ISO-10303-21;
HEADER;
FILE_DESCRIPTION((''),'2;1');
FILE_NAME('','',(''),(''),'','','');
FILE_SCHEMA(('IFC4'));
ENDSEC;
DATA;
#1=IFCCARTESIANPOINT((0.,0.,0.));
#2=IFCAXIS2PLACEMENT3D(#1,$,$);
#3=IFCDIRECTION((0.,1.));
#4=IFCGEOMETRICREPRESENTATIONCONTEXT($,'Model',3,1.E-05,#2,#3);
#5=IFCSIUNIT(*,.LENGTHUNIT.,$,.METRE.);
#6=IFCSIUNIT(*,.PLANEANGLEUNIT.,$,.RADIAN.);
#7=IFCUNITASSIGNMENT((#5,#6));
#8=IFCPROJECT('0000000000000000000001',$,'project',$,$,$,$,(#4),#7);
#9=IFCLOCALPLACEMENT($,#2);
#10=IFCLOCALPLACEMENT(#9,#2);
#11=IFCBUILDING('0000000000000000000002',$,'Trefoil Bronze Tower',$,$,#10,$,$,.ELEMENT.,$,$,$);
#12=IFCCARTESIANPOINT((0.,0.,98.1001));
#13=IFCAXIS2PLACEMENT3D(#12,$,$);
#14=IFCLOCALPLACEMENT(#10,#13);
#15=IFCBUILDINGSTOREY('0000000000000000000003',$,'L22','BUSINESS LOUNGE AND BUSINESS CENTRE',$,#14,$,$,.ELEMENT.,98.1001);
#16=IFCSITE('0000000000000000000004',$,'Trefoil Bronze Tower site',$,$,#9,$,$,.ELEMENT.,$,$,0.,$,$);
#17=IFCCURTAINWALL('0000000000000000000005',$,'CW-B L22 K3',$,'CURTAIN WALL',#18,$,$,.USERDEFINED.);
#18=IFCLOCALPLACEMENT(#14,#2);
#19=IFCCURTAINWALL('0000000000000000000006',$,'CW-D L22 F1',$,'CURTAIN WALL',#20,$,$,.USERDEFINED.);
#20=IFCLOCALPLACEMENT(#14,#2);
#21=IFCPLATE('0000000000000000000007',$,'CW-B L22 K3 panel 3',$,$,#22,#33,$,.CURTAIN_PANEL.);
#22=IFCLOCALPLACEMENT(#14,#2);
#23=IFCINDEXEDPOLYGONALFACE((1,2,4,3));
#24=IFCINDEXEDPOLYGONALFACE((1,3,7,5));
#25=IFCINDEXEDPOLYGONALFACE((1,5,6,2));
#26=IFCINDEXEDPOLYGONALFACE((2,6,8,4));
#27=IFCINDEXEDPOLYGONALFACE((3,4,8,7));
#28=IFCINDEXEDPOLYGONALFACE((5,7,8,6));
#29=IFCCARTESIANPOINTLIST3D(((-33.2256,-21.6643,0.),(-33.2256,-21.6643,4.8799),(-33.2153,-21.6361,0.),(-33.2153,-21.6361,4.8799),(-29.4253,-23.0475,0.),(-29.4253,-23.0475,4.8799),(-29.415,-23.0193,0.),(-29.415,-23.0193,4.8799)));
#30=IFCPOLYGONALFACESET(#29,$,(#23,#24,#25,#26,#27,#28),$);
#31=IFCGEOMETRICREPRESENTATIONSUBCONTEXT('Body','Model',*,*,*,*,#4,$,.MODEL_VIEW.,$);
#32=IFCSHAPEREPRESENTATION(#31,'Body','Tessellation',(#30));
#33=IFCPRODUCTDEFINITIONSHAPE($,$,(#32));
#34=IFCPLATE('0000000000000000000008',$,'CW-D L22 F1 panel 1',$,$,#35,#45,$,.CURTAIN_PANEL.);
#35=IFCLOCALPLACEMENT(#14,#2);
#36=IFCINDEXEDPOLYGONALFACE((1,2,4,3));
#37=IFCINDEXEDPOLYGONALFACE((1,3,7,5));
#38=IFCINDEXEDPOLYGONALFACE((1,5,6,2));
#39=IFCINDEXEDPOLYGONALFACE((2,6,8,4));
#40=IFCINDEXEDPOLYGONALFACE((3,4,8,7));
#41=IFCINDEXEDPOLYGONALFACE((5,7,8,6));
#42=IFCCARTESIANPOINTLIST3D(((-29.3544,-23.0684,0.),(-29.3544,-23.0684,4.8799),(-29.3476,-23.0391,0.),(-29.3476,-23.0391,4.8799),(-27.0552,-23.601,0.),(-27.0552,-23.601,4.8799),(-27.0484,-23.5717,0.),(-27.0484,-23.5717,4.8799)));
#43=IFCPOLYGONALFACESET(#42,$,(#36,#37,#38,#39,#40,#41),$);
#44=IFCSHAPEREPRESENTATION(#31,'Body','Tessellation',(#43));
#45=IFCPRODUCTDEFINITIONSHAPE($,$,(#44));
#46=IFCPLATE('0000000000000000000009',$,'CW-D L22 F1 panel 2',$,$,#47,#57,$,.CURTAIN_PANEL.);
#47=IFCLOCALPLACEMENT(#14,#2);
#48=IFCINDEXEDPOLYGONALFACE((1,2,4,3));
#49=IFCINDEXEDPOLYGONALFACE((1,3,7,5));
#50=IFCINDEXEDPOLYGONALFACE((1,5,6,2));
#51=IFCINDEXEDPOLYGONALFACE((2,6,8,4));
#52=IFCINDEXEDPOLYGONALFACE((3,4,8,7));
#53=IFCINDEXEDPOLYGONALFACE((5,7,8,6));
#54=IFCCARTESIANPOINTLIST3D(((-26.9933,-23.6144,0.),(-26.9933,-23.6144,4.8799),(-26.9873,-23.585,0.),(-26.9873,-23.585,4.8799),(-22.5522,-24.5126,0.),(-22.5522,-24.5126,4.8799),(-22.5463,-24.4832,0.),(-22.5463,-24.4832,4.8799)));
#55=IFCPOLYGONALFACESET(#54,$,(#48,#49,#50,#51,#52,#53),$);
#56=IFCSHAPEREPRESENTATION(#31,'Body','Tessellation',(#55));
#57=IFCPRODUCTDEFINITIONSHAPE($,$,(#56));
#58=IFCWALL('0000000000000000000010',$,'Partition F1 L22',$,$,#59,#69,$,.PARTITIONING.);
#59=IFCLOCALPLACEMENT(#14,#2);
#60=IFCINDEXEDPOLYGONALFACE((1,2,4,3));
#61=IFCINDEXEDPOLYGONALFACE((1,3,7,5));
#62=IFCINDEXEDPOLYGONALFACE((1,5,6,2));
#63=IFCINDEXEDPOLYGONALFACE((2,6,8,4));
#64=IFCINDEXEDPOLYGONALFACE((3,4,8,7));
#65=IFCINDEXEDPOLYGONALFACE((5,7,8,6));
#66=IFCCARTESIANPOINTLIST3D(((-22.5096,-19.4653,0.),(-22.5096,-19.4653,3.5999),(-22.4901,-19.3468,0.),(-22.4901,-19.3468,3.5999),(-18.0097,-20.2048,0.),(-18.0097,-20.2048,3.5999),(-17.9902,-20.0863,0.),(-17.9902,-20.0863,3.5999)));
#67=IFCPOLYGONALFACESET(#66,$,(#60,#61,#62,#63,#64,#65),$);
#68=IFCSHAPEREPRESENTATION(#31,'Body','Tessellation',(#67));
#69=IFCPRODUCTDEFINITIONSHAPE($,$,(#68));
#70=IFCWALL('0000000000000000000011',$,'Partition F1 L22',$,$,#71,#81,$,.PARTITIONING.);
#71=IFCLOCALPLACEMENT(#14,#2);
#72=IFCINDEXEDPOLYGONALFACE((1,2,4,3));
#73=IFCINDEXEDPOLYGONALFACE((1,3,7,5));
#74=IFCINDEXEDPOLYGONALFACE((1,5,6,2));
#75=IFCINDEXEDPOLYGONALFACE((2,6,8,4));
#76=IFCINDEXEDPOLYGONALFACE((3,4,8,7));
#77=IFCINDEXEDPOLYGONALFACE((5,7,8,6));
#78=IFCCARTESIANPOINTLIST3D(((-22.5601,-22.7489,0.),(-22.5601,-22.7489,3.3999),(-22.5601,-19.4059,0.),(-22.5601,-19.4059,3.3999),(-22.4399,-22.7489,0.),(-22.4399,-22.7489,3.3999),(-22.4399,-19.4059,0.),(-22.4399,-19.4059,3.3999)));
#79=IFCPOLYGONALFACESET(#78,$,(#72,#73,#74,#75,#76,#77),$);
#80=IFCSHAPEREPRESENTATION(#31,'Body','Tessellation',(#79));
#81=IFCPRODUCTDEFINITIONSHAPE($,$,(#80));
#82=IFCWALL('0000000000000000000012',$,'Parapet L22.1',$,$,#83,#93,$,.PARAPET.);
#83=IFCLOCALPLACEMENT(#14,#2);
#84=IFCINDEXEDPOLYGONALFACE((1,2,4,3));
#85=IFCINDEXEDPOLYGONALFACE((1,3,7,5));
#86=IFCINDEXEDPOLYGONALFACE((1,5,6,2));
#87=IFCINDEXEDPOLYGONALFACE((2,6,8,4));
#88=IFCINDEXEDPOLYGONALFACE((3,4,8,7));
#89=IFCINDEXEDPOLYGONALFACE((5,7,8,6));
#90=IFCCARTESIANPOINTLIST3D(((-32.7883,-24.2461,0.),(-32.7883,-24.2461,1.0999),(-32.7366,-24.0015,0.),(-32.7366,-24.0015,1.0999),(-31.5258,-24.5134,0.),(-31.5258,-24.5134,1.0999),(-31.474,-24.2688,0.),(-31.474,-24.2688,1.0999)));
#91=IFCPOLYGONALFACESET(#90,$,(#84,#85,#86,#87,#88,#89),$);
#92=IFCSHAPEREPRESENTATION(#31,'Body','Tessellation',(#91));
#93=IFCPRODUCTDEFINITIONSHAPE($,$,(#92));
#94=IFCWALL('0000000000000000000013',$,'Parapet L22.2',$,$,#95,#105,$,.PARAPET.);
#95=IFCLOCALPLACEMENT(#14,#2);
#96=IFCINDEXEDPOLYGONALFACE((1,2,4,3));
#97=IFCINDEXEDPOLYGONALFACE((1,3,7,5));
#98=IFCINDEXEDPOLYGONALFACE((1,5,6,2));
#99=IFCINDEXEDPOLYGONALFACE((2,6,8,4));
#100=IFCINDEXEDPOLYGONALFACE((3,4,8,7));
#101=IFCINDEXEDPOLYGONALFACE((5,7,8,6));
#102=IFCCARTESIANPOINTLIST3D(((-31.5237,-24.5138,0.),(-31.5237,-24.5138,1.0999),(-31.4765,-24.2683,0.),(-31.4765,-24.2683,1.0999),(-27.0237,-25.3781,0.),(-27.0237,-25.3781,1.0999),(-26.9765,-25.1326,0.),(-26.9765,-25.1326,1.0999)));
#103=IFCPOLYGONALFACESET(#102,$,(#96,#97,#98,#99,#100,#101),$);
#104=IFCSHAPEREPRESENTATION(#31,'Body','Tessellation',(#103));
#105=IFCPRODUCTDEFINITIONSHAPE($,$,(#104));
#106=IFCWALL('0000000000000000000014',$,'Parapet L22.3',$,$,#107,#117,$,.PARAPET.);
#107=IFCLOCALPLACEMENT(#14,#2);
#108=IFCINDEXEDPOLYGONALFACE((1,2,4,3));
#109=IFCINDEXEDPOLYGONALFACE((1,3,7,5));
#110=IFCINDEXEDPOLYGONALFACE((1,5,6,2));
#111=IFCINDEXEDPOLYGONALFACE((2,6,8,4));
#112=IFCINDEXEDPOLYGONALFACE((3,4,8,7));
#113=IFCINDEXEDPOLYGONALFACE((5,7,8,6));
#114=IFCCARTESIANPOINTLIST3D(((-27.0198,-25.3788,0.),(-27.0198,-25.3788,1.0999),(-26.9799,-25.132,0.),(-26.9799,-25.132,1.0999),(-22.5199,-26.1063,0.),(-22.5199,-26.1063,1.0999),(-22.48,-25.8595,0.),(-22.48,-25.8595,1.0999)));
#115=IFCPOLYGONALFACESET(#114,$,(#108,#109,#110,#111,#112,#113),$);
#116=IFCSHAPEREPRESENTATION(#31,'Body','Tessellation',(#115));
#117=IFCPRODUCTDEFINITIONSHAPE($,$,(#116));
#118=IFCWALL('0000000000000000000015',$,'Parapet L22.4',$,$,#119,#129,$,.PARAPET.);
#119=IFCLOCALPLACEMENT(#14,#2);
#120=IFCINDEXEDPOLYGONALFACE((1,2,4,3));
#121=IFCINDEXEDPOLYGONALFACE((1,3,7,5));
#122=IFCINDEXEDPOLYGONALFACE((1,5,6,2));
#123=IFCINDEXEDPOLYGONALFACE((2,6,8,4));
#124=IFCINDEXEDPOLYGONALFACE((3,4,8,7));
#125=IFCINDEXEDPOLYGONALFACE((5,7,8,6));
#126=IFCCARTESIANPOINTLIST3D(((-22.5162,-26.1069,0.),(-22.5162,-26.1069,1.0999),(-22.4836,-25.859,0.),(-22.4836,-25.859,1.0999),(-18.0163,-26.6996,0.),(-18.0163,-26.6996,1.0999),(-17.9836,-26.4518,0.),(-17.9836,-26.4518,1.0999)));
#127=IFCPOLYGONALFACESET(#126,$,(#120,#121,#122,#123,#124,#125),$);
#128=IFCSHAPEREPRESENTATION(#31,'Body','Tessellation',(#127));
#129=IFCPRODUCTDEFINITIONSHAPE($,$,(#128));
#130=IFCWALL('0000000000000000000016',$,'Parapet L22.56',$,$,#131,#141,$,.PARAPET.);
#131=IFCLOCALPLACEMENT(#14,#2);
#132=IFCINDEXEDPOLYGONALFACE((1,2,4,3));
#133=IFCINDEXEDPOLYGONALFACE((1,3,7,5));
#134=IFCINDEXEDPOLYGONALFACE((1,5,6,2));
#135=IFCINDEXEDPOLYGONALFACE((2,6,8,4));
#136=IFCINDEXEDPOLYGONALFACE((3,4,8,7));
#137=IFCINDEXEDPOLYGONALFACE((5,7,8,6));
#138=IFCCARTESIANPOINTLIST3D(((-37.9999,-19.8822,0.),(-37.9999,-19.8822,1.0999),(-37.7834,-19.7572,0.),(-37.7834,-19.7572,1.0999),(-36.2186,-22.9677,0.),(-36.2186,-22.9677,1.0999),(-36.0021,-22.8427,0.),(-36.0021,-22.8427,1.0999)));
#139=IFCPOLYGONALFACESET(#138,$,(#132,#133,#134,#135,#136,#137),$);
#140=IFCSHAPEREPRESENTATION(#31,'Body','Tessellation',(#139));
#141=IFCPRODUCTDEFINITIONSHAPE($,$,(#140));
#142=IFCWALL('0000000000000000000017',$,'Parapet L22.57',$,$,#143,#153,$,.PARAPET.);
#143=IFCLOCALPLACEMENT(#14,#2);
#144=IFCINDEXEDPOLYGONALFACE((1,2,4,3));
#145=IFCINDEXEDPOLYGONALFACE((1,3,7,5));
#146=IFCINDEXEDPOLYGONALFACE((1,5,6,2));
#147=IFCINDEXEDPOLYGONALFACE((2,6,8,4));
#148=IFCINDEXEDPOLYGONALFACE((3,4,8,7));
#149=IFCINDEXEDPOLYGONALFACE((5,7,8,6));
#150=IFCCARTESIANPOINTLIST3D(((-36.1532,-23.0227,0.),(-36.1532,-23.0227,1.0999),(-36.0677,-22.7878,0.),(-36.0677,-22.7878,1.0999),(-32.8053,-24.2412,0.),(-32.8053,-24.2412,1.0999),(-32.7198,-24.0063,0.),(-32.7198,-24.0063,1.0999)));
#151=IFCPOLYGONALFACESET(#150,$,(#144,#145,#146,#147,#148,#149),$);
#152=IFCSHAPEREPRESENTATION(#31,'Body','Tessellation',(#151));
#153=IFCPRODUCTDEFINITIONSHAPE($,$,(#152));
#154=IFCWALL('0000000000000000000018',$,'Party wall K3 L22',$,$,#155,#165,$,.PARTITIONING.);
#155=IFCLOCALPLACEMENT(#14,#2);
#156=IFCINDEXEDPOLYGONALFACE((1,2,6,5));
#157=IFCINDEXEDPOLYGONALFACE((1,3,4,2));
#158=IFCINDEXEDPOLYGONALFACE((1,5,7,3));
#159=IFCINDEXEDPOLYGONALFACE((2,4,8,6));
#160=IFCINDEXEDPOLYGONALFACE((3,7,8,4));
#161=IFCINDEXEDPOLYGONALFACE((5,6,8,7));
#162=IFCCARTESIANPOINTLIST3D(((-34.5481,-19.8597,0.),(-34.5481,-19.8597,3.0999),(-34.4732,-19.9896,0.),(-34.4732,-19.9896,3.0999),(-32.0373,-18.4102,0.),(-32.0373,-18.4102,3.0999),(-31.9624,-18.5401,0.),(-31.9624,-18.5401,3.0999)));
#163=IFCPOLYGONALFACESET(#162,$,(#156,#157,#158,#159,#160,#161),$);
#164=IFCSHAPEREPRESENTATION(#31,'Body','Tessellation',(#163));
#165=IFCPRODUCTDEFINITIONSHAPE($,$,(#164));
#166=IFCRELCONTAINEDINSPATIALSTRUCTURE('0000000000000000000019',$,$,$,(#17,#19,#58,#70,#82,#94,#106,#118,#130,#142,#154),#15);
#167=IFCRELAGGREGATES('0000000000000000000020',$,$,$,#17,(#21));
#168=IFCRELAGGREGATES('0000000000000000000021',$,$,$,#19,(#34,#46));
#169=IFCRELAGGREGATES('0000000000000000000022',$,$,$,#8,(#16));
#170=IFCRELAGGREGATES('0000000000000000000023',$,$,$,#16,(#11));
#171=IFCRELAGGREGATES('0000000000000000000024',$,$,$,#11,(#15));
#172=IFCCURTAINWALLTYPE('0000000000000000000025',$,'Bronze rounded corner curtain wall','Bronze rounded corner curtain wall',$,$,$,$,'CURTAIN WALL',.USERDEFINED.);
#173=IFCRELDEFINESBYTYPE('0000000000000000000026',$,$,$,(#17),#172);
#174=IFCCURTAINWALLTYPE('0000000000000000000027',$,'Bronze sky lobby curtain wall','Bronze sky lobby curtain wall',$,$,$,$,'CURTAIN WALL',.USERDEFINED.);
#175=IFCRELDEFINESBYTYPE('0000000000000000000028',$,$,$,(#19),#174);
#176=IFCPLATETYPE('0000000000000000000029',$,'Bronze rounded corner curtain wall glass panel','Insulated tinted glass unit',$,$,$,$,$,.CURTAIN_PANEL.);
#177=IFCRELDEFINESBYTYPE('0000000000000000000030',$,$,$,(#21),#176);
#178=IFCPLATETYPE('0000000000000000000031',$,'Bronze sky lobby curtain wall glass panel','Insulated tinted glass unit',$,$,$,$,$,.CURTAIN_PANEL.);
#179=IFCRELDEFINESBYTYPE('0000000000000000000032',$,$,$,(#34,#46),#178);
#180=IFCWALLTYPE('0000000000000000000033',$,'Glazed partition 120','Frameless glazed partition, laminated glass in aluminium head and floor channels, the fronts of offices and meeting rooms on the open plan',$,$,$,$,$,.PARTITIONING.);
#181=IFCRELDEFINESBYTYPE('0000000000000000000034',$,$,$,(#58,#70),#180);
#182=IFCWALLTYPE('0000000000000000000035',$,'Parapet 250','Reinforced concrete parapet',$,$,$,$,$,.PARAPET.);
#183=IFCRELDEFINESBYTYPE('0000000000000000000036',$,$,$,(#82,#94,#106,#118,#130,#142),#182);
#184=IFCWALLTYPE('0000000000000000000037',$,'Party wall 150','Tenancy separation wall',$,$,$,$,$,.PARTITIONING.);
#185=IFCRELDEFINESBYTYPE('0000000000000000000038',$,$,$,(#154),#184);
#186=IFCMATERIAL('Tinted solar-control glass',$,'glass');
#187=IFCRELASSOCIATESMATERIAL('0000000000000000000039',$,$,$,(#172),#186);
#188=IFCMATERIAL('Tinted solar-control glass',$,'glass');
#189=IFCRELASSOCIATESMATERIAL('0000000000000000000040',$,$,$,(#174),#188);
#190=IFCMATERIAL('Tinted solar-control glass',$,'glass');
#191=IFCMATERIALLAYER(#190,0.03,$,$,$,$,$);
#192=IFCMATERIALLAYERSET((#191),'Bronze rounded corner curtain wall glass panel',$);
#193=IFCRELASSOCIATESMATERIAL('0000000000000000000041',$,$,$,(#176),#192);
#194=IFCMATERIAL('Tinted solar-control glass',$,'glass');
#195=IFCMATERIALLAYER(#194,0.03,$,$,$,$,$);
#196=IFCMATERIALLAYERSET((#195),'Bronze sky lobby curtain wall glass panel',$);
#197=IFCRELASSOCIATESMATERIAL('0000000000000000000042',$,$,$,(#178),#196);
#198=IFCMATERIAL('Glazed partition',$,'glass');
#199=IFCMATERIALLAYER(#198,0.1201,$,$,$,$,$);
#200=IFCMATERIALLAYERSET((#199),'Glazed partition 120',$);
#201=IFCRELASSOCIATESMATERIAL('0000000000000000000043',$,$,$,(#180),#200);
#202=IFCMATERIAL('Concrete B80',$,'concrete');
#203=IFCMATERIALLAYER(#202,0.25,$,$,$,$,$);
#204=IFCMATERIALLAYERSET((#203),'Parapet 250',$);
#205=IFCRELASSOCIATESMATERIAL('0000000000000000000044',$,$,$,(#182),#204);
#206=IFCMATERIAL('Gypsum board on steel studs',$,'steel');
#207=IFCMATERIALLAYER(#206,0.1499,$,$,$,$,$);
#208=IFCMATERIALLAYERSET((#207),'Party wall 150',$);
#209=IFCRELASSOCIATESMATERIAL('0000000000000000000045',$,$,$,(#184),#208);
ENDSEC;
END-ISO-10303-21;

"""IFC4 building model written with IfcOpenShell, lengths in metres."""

from ifc_helpers import new_model, si_unit, direction, frame, frame_2d, origin, origin_2d, place, context, subcontext, project, spatial, rectangle, extrude, material, layer, layer_set, type_object, element, aggregate, save


model = new_model("IFC4")

# Units and contexts
model_context = context("Model", 3, precision=1e-05, world=origin(), true_north=direction((0.0, 1.0)))
body_context = subcontext(model_context, "Body", "Model", "MODEL_VIEW")
ifc_project = project(units=[si_unit("LENGTHUNIT", "METRE"), si_unit("PLANEANGLEUNIT", "RADIAN")], contexts=[model_context])

# Site, building, storey
site_placement = place(None, origin())
site = spatial("IfcSite", under=ifc_project, at=site_placement, Name="Trefoil Bronze Tower site", CompositionType="ELEMENT", RefElevation=0.0)
building_placement = place(site_placement, origin())
building = spatial("IfcBuilding", under=site, at=building_placement, Name="Trefoil Bronze Tower", CompositionType="ELEMENT")
storey_placement = place(building_placement, frame((0.0, 0.0, 98.1001)))
storey = spatial("IfcBuildingStorey", under=building, at=storey_placement, Name="L22", Description="BUSINESS LOUNGE AND BUSINESS CENTRE", CompositionType="ELEMENT", Elevation=98.1001)

# Curtain walls
ifc_material_1 = material(Name="Tinted solar-control glass", Category="glass")
curtain_wall_type_1 = type_object("IfcCurtainWallType", Name="Bronze rounded corner curtain wall", Description="Bronze rounded corner curtain wall", ElementType="CURTAIN WALL", PredefinedType="USERDEFINED", material=ifc_material_1)
curtain_wall_1_placement = place(storey_placement, origin())
curtain_wall_1 = element("IfcCurtainWall", 1, at=curtain_wall_1_placement, inside=storey, type_object=curtain_wall_type_1, Name="CW-B L22 K3", ObjectType="CURTAIN WALL", PredefinedType="USERDEFINED")
ifc_material_2 = material(Name="Tinted solar-control glass", Category="glass")
curtain_wall_type_2 = type_object("IfcCurtainWallType", Name="Bronze sky lobby curtain wall", Description="Bronze sky lobby curtain wall", ElementType="CURTAIN WALL", PredefinedType="USERDEFINED", material=ifc_material_2)
curtain_wall_2_placement = place(storey_placement, origin())
curtain_wall_2 = element("IfcCurtainWall", 2, at=curtain_wall_2_placement, inside=storey, type_object=curtain_wall_type_2, Name="CW-D L22 F1", ObjectType="CURTAIN WALL", PredefinedType="USERDEFINED")

# Plates
ifc_material_3 = material(Name="Tinted solar-control glass", Category="glass")
ifc_layer_1 = layer(ifc_material_3, 0.03)
ifc_layer_set_1 = layer_set([ifc_layer_1], Name="Bronze rounded corner curtain wall glass panel")
plate_type_1 = type_object("IfcPlateType", Name="Bronze rounded corner curtain wall glass panel", Description="Insulated tinted glass unit", PredefinedType="CURTAIN_PANEL", material=ifc_layer_set_1)
plate_1_placement = place(storey_placement, frame((-31.3203, -22.3418, 0.0), z_axis=(0.0, 0.0, 1.0), x_axis=(0.939693, -0.34202, 0.0)))
plate_1 = element("IfcPlate", 3, at=plate_1_placement, type_object=plate_type_1, Name="CW-B L22 K3 panel 3", PredefinedType="CURTAIN_PANEL", context=body_context, shape_type="SweptSolid", body=[
    extrude(rectangle(XDim=4.0442, YDim=0.03, at=origin_2d()), origin(), (0.0, 0.0, 1.0), 4.8799),
])
aggregate(curtain_wall_1, [plate_1])
ifc_material_4 = material(Name="Tinted solar-control glass", Category="glass")
ifc_layer_2 = layer(ifc_material_4, 0.03)
ifc_layer_set_2 = layer_set([ifc_layer_2], Name="Bronze sky lobby curtain wall glass panel")
plate_type_2 = type_object("IfcPlateType", Name="Bronze sky lobby curtain wall glass panel", Description="Insulated tinted glass unit", PredefinedType="CURTAIN_PANEL", material=ifc_layer_set_2)
plate_2_placement = place(storey_placement, frame((-28.2014, -23.3201, 0.0), z_axis=(0.0, 0.0, 1.0), x_axis=(0.974204, -0.225667, 0.0)))
plate_2 = element("IfcPlate", 4, at=plate_2_placement, type_object=plate_type_2, Name="CW-D L22 F1 panel 1", PredefinedType="CURTAIN_PANEL", context=body_context, shape_type="SweptSolid", body=[
    extrude(rectangle(XDim=2.3601, YDim=0.03, at=origin_2d()), origin(), (0.0, 0.0, 1.0), 4.8799),
])
plate_3_placement = place(storey_placement, frame((-24.7698, -24.0488, 0.0), z_axis=(0.0, 0.0, 1.0), x_axis=(0.980155, -0.198232, 0.0)))
plate_3 = element("IfcPlate", 5, at=plate_3_placement, type_object=plate_type_2, Name="CW-D L22 F1 panel 2", PredefinedType="CURTAIN_PANEL", context=body_context, shape_type="SweptSolid", body=[
    extrude(rectangle(XDim=4.531, YDim=0.03, at=origin_2d()), origin(), (0.0, 0.0, 1.0), 4.8799),
])
aggregate(curtain_wall_2, [plate_2, plate_3])

# Walls
ifc_material_5 = material(Name="Glazed partition", Category="glass")
ifc_layer_3 = layer(ifc_material_5, 0.1201)
ifc_layer_set_3 = layer_set([ifc_layer_3], Name="Glazed partition 120")
wall_type_1 = type_object("IfcWallType", Name="Glazed partition 120", Description="Frameless glazed partition, laminated glass in aluminium head and floor channels, the fronts of offices and meeting rooms on the open plan", PredefinedType="PARTITIONING", material=ifc_layer_set_3)
wall_1_placement = place(storey_placement, frame((-22.5, -19.406, 0.0), z_axis=(0.0, 0.0, 1.0), x_axis=(0.986765, -0.162159, 0.0)))
element("IfcWall", 6, at=wall_1_placement, inside=storey, type_object=wall_type_1, Name="Partition F1 L22", PredefinedType="PARTITIONING", context=body_context, shape_type="SweptSolid", body=[
    extrude(rectangle(XDim=4.5603, YDim=0.1201, at=frame_2d((2.2803, 0.0))), origin(), (0.0, 0.0, 1.0), 3.5999),
])
wall_2_placement = place(storey_placement, frame((-22.5, -19.406, 0.0), z_axis=(0.0, 0.0, 1.0), x_axis=(0.0, -1.0, 0.0)))
element("IfcWall", 7, at=wall_2_placement, inside=storey, type_object=wall_type_1, Name="Partition F1 L22", PredefinedType="PARTITIONING", context=body_context, shape_type="SweptSolid", body=[
    extrude(rectangle(XDim=3.343, YDim=0.1201, at=frame_2d((1.6714, 0.0))), origin(), (0.0, 0.0, 1.0), 3.3999),
])
ifc_material_6 = material(Name="Concrete B80", Category="concrete")
ifc_layer_4 = layer(ifc_material_6, 0.25)
ifc_layer_set_4 = layer_set([ifc_layer_4], Name="Parapet 250")
wall_type_2 = type_object("IfcWallType", Name="Parapet 250", Description="Reinforced concrete parapet", PredefinedType="PARAPET", material=ifc_layer_set_4)
wall_3_placement = place(storey_placement, frame((-32.7625, -24.1238, 0.0), z_axis=(0.0, 0.0, 1.0), x_axis=(0.978306, -0.207164, 0.0)))
element("IfcWall", 8, at=wall_3_placement, inside=storey, type_object=wall_type_2, Name="Parapet L22.1", PredefinedType="PARAPET", context=body_context, shape_type="SweptSolid", body=[
    extrude(rectangle(XDim=1.2905, YDim=0.25, at=frame_2d((0.6453, 0.0))), origin(), (0.0, 0.0, 1.0), 1.0999),
])
wall_4_placement = place(storey_placement, frame((-31.5, -24.3911, 0.0), z_axis=(0.0, 0.0, 1.0), x_axis=(0.982052, -0.18861, 0.0)))
element("IfcWall", 9, at=wall_4_placement, inside=storey, type_object=wall_type_2, Name="Parapet L22.2", PredefinedType="PARAPET", context=body_context, shape_type="SweptSolid", body=[
    extrude(rectangle(XDim=4.5823, YDim=0.25, at=frame_2d((2.291, 0.0))), origin(), (0.0, 0.0, 1.0), 1.0999),
])
wall_5_placement = place(storey_placement, frame((-27.0, -25.2554, 0.0), z_axis=(0.0, 0.0, 1.0), x_axis=(0.987181, -0.159603, 0.0)))
element("IfcWall", 10, at=wall_5_placement, inside=storey, type_object=wall_type_2, Name="Parapet L22.3", PredefinedType="PARAPET", context=body_context, shape_type="SweptSolid", body=[
    extrude(rectangle(XDim=4.5583, YDim=0.25, at=frame_2d((2.2793, 0.0))), origin(), (0.0, 0.0, 1.0), 1.0999),
])
wall_6_placement = place(storey_placement, frame((-22.5, -25.9829, 0.0), z_axis=(0.0, 0.0, 1.0), x_axis=(0.991435, -0.130599, 0.0)))
element("IfcWall", 11, at=wall_6_placement, inside=storey, type_object=wall_type_2, Name="Parapet L22.4", PredefinedType="PARAPET", context=body_context, shape_type="SweptSolid", body=[
    extrude(rectangle(XDim=4.5388, YDim=0.25, at=frame_2d((2.2695, 0.0))), origin(), (0.0, 0.0, 1.0), 1.0999),
])
for number, where, z_axis, x_axis, name in (
    (12, (-37.8916, -19.8198, 0.0), (0.0, 0.0, 1.0), (0.499972, -0.866042, 0.0), "Parapet L22.56"),
    (13, (-36.1104, -22.9053, 0.0), (0.0, 0.0, 1.0), (0.939695, -0.342013, 0.0), "Parapet L22.57"),
):
    element("IfcWall", number, at=place(storey_placement, frame(where, z_axis=z_axis, x_axis=x_axis)), inside=storey, type_object=wall_type_2, Name=name, PredefinedType="PARAPET", context=body_context, shape_type="SweptSolid", body=[
        extrude(rectangle(XDim=3.5627, YDim=0.25, at=frame_2d((1.7812, 0.0))), origin(), (0.0, 0.0, 1.0), 1.0999),
    ])
ifc_material_7 = material(Name="Gypsum board on steel studs", Category="steel")
ifc_layer_5 = layer(ifc_material_7, 0.1499)
ifc_layer_set_5 = layer_set([ifc_layer_5], Name="Party wall 150")
wall_type_3 = type_object("IfcWallType", Name="Party wall 150", Description="Tenancy separation wall", PredefinedType="PARTITIONING", material=ifc_layer_set_5)
wall_7_placement = place(storey_placement, frame((-31.9998, -18.4751, 0.0), z_axis=(0.0, 0.0, 1.0), x_axis=(-0.866043, -0.49997, 0.0)))
element("IfcWall", 14, at=wall_7_placement, inside=storey, type_object=wall_type_3, Name="Party wall K3 L22", PredefinedType="PARTITIONING", context=body_context, shape_type="SweptSolid", body=[
    extrude(rectangle(XDim=2.8992, YDim=0.1499, at=frame_2d((1.4497, 0.0))), origin(), (0.0, 0.0, 1.0), 3.0999),
])

save(model, "model.ifc")
